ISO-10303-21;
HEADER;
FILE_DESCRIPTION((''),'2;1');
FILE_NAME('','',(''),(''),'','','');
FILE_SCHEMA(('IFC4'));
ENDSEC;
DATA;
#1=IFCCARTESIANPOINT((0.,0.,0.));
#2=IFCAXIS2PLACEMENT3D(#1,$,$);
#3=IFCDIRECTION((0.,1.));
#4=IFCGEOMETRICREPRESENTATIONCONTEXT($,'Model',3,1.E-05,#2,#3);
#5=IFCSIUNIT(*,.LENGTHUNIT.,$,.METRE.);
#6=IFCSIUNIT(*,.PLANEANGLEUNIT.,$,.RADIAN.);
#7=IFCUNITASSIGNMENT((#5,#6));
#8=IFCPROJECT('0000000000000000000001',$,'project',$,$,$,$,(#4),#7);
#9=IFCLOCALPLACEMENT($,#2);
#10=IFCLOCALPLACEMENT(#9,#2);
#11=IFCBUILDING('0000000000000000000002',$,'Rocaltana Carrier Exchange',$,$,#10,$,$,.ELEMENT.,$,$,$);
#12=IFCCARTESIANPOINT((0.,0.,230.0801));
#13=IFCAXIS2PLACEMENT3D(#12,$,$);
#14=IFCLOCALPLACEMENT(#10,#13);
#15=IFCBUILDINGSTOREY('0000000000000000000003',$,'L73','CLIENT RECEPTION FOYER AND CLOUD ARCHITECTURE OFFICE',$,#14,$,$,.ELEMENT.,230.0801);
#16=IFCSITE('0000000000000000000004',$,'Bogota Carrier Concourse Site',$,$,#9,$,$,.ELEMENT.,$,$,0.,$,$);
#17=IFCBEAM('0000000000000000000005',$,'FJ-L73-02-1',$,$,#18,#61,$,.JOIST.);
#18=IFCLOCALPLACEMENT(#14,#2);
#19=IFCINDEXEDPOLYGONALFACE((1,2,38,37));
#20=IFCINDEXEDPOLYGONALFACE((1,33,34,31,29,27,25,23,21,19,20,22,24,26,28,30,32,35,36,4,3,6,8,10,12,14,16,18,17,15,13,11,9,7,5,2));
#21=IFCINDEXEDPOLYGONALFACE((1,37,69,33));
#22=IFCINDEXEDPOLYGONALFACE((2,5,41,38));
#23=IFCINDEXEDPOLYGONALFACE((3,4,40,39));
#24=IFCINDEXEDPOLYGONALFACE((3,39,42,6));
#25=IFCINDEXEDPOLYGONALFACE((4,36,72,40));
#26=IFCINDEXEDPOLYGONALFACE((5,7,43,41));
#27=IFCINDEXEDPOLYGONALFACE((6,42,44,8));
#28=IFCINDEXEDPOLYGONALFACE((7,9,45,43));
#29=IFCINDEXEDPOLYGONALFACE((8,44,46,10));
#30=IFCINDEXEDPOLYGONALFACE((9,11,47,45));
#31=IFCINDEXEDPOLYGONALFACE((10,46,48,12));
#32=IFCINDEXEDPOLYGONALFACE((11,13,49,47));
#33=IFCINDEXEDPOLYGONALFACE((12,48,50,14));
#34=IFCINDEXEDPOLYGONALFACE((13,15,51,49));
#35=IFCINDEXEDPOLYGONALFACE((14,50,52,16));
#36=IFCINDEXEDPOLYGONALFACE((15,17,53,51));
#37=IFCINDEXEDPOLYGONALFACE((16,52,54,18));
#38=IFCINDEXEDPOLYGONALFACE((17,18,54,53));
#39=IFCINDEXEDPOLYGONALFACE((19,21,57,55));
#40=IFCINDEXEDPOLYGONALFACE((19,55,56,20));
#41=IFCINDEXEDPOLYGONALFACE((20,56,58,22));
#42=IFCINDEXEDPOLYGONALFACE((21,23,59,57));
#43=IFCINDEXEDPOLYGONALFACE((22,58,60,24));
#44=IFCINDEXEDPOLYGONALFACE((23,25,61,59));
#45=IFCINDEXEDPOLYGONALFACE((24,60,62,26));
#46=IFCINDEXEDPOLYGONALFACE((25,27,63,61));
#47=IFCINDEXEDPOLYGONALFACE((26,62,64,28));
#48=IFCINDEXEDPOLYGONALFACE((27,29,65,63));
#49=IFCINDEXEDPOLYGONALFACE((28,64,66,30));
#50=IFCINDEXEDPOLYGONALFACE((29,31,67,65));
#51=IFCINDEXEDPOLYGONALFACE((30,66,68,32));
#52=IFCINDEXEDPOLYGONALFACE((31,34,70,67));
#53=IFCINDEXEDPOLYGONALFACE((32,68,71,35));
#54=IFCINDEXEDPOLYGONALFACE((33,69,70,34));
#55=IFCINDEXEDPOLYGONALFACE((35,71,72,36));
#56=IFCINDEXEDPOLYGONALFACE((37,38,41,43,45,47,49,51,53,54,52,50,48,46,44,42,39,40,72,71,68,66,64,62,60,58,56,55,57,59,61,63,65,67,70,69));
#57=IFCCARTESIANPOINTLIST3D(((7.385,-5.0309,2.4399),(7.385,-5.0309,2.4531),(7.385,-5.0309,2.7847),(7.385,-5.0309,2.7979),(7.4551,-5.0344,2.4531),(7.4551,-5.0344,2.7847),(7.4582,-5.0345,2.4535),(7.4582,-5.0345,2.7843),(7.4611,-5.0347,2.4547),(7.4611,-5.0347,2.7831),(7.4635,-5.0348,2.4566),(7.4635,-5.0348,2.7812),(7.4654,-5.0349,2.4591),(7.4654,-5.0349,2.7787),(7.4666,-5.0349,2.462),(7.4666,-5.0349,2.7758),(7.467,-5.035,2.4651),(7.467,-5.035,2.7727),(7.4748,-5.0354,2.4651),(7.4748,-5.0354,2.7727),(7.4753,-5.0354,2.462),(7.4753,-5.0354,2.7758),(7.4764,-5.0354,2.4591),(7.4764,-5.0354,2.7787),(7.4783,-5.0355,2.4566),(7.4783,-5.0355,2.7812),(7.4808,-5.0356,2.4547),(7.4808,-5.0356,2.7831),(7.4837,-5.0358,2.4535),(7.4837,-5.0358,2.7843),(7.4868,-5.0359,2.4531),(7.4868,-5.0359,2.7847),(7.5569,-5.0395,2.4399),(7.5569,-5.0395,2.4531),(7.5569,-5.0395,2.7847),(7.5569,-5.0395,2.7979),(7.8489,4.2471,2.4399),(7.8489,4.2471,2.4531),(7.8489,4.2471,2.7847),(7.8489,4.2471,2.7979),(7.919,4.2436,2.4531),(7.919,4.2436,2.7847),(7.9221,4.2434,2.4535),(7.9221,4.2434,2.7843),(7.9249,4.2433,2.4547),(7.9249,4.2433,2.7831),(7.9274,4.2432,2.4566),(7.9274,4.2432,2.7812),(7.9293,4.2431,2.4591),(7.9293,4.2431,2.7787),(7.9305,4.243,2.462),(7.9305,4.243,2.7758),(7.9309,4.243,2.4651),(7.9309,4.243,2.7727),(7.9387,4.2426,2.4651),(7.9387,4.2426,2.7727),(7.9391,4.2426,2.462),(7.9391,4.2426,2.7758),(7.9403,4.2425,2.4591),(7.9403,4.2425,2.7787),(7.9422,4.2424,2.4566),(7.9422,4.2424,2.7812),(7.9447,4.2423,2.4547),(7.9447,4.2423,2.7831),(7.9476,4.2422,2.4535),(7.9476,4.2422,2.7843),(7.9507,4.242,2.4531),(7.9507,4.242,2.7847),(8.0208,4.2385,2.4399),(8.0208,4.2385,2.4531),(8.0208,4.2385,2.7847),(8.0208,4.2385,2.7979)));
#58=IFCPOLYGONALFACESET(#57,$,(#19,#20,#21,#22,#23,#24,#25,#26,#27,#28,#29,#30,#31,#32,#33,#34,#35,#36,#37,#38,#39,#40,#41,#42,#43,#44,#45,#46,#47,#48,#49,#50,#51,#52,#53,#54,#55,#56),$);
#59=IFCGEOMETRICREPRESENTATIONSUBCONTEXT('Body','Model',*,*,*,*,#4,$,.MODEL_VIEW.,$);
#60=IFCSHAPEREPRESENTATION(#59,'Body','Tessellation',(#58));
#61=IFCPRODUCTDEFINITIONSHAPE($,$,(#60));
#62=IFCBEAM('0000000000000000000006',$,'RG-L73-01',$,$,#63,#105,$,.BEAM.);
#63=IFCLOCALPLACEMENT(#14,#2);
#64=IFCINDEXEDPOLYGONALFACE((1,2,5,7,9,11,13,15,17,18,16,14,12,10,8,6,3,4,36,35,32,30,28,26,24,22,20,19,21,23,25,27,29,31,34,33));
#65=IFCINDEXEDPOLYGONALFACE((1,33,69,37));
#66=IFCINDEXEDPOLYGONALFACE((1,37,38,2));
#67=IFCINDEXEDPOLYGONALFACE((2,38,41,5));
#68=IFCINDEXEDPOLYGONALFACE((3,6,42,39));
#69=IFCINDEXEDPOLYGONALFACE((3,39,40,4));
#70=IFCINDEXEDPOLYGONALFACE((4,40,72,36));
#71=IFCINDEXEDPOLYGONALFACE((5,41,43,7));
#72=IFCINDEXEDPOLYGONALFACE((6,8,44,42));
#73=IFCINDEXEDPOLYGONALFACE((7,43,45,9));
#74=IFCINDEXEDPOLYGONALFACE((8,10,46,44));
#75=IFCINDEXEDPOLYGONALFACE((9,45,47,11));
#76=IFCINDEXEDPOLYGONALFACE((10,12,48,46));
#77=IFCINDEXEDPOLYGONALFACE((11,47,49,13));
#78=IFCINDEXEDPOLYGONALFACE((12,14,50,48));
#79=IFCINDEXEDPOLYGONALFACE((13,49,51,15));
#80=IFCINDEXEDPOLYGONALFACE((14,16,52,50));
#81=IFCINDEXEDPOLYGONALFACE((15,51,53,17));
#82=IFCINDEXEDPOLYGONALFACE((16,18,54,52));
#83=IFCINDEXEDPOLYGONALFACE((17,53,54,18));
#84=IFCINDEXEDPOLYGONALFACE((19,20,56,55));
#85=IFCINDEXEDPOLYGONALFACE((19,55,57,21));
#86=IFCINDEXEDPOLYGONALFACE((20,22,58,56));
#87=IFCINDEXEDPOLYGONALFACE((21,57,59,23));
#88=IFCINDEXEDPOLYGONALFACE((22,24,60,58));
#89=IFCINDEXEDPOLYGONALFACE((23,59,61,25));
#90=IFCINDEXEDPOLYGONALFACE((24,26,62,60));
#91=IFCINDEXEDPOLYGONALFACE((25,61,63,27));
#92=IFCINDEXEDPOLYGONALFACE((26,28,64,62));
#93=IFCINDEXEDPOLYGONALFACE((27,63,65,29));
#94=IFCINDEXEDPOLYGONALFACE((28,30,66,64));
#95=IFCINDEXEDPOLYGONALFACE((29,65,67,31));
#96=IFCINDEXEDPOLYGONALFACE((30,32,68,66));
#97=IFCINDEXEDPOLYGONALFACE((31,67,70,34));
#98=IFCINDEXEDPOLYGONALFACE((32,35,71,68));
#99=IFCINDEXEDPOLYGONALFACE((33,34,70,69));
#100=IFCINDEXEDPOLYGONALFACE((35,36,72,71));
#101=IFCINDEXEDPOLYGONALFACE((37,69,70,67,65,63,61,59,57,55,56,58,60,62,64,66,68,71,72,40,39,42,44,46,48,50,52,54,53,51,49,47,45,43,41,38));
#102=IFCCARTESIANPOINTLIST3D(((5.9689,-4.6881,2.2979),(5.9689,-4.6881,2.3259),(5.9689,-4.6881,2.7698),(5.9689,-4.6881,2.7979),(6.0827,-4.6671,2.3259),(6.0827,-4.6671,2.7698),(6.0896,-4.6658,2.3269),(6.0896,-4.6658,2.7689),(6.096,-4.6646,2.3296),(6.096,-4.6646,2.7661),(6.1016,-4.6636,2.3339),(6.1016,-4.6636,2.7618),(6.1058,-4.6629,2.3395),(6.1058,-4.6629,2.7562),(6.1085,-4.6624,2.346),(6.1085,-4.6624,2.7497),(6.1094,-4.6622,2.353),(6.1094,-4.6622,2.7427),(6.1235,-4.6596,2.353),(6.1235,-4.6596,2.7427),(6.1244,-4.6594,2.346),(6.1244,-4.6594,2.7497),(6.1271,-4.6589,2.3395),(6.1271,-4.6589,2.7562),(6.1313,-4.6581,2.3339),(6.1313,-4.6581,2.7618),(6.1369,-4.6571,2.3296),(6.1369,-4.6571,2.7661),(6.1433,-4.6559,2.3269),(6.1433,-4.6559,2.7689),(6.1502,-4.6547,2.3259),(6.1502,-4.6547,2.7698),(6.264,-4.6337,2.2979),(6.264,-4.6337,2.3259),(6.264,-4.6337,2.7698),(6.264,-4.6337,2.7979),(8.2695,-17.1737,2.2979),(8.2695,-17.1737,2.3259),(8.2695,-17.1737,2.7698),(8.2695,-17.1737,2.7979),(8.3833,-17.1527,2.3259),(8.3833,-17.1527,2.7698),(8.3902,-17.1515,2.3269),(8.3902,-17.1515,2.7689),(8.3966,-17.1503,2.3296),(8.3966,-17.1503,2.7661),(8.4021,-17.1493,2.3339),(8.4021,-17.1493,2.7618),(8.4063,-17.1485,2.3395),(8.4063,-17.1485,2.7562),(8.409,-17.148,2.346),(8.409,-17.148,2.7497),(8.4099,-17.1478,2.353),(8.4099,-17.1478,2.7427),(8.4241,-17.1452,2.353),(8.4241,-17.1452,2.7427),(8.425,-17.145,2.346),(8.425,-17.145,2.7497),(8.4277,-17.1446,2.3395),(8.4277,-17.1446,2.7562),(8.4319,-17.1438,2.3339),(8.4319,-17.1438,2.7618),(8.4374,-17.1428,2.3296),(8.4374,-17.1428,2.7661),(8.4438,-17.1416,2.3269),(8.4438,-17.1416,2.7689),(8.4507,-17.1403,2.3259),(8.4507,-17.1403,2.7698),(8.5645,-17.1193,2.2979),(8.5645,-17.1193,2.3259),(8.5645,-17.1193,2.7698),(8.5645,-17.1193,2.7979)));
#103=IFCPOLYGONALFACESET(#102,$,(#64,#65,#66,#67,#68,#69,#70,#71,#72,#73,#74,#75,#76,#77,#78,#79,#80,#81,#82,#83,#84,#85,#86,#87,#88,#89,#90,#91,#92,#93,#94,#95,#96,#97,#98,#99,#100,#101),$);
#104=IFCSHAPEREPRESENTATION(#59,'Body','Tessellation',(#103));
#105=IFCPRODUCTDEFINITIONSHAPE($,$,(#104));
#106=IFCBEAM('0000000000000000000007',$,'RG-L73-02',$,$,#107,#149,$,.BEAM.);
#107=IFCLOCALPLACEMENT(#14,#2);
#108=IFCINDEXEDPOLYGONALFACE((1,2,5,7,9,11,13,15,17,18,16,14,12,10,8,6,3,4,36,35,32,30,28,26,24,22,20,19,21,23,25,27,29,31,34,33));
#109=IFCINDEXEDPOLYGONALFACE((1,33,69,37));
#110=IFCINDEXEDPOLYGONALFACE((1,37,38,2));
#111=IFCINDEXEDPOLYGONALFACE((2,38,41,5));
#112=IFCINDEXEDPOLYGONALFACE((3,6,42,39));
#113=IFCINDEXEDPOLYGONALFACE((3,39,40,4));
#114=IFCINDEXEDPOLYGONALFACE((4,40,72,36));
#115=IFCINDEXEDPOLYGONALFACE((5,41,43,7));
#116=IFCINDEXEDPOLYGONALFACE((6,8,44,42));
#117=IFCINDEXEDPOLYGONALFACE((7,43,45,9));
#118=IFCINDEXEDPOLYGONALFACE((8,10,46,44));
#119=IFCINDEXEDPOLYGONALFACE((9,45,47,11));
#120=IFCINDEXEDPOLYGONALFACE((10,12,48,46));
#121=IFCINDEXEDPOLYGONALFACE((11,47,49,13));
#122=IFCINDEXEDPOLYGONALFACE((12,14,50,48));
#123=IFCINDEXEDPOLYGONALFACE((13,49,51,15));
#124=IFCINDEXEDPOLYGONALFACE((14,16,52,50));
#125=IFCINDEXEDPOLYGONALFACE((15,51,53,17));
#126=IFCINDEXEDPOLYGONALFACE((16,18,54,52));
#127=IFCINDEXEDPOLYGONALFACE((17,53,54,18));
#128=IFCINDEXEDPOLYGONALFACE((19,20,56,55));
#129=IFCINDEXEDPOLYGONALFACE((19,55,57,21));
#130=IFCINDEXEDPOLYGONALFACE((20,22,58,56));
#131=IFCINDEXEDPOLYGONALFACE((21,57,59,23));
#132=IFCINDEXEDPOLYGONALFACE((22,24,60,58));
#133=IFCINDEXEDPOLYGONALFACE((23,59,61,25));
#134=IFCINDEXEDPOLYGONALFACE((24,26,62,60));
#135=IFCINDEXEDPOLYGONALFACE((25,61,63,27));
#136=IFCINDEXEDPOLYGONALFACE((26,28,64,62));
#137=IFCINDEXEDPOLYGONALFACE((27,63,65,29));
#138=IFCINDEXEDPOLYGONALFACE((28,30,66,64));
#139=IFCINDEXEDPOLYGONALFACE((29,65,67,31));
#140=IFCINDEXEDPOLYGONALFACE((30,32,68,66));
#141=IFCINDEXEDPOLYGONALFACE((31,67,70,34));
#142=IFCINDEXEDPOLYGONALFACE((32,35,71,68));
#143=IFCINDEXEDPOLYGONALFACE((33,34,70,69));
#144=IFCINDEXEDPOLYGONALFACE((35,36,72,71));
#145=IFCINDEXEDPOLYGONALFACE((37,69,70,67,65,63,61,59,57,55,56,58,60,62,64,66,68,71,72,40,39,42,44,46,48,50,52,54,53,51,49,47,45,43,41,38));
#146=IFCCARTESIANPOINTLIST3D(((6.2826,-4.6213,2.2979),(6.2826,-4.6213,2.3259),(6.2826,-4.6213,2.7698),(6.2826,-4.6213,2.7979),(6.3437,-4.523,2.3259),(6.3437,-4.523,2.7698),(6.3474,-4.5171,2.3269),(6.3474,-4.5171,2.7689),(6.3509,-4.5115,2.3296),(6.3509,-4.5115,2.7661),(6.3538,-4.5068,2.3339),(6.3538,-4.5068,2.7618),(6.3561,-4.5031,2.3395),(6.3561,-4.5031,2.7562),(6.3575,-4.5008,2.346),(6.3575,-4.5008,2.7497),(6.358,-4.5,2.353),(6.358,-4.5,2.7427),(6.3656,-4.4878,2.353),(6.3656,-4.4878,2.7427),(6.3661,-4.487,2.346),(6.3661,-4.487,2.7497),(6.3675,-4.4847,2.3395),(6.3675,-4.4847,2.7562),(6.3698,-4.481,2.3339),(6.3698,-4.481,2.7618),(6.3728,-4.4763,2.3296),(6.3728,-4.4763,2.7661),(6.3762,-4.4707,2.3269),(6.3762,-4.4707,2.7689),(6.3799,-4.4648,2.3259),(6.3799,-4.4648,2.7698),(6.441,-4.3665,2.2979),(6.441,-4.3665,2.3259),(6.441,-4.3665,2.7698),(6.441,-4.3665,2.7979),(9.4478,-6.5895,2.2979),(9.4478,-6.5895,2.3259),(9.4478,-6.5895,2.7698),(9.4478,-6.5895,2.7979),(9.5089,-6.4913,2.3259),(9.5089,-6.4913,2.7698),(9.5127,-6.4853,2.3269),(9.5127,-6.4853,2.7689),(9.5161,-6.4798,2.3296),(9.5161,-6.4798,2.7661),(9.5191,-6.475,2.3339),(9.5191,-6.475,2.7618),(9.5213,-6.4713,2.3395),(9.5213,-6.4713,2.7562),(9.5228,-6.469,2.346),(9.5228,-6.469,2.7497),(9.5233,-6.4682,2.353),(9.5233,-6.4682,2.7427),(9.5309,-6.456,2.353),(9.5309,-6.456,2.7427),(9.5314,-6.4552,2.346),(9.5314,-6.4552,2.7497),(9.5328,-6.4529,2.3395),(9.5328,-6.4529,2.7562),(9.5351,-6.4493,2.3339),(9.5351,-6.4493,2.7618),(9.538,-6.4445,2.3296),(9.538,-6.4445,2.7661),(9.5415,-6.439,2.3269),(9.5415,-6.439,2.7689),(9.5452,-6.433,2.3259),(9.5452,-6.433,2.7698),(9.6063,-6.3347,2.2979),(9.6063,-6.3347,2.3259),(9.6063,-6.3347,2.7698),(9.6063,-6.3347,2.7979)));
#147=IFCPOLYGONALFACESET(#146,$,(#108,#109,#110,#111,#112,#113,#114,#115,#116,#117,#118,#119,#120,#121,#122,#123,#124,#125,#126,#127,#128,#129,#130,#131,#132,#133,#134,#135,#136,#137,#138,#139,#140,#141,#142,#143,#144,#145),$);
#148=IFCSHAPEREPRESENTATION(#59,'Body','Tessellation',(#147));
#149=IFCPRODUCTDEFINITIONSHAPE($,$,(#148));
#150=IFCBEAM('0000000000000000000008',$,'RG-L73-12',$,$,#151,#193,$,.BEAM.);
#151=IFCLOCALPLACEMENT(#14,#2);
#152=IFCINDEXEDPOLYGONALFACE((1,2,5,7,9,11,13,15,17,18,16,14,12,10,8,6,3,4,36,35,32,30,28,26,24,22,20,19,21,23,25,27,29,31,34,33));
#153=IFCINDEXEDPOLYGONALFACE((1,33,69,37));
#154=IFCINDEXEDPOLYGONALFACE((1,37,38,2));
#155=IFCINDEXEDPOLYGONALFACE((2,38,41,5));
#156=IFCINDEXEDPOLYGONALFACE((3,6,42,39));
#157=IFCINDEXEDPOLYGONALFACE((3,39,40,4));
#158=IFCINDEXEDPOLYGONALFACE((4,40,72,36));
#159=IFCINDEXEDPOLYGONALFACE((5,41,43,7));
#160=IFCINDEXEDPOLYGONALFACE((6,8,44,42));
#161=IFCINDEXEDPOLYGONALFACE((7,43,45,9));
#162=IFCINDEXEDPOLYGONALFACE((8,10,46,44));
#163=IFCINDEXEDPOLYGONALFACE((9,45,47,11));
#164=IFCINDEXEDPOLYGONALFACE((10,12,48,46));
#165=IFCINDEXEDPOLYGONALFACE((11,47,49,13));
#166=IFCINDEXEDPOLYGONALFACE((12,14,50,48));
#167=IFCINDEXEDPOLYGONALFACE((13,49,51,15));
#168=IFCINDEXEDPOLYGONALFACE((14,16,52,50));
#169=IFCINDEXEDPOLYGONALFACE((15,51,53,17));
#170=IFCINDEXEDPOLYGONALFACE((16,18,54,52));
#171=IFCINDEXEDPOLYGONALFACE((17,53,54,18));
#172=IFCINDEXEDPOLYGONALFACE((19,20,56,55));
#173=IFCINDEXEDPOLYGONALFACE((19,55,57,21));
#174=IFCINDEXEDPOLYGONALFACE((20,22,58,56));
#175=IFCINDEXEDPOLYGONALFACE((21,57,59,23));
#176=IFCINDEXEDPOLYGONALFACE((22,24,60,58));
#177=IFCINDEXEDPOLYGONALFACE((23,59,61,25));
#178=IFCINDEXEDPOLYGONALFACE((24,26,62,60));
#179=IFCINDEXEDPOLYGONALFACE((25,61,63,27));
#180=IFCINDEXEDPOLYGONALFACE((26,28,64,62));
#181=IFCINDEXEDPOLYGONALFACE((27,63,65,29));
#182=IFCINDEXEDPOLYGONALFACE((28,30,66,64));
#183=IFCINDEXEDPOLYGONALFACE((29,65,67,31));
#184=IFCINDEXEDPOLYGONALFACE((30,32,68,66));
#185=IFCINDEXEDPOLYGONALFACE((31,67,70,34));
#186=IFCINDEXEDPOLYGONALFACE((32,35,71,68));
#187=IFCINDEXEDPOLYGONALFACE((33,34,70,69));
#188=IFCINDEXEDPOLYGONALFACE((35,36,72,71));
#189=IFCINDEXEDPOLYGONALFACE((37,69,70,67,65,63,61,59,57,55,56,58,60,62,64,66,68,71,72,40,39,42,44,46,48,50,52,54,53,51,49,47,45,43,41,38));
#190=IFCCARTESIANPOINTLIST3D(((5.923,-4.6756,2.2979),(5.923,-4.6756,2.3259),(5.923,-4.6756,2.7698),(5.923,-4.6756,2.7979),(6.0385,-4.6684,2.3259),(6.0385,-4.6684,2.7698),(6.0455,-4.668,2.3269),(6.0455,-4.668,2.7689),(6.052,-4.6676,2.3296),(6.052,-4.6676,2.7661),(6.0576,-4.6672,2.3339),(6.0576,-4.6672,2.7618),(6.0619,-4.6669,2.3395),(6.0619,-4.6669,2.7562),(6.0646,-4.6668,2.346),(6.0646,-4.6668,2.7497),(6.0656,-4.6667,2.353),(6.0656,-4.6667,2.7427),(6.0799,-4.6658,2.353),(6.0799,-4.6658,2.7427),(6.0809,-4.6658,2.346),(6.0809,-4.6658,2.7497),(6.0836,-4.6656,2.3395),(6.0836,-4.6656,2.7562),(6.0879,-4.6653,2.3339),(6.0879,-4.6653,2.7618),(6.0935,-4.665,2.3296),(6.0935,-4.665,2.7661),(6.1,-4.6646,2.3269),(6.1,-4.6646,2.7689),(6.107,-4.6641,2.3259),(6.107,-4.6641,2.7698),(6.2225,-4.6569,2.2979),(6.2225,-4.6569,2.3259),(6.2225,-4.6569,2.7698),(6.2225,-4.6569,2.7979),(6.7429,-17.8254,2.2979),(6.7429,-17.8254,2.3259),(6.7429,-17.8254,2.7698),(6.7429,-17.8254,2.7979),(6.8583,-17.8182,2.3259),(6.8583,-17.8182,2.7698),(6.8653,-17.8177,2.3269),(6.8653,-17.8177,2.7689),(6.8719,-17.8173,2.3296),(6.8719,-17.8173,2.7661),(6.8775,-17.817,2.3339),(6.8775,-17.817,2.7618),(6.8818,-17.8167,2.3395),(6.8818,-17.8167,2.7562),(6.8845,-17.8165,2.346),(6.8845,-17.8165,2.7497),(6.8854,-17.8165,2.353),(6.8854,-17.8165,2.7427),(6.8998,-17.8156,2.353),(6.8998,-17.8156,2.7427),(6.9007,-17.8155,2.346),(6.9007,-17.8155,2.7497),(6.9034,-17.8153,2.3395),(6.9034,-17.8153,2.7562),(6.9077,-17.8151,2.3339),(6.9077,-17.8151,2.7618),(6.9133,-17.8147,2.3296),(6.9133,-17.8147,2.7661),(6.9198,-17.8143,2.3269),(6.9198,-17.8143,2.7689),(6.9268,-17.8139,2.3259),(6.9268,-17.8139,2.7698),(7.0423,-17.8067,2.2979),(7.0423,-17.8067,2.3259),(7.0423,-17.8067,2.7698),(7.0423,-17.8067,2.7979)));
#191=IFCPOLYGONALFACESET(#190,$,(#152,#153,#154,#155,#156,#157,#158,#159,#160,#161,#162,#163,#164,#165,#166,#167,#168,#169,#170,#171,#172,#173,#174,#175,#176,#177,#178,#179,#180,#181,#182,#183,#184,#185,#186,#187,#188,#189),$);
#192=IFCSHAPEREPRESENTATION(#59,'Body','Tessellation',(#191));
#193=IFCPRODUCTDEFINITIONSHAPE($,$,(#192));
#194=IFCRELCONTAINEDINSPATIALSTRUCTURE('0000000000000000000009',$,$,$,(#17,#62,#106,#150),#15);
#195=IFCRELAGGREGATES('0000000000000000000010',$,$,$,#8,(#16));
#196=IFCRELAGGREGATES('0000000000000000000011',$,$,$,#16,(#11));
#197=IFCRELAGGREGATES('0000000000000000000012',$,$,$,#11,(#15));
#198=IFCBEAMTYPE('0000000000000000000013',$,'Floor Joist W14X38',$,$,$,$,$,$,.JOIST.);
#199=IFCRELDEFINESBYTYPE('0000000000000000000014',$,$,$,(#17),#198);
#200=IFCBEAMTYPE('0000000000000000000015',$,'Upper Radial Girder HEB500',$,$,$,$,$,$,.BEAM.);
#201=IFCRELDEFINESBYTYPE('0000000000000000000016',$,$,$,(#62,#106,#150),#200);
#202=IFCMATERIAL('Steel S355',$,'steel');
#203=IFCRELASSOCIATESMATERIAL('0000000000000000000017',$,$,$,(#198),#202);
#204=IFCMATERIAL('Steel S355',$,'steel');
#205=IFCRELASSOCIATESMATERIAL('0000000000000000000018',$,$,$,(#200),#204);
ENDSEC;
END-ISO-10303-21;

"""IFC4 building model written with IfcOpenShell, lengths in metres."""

from ifc_helpers import new_model, si_unit, direction, frame, origin, origin_2d, place, context, subcontext, project, spatial, i_section, extrude, material, material_profile, profile_set, type_object, element, save


model = new_model("IFC4")

# Units and contexts
model_context = context("Model", 3, precision=1e-05, world=origin(), true_north=direction((0.0, 1.0)))
body_context = subcontext(model_context, "Body", "Model", "MODEL_VIEW")
ifc_project = project(units=[si_unit("LENGTHUNIT", "METRE"), si_unit("PLANEANGLEUNIT", "RADIAN")], contexts=[model_context])

# Site, building, storey
site_placement = place(None, origin())
site = spatial("IfcSite", under=ifc_project, at=site_placement, Name="Bogota Carrier Concourse Site", CompositionType="ELEMENT", RefElevation=0.0)
building_placement = place(site_placement, origin())
building = spatial("IfcBuilding", under=site, at=building_placement, Name="Rocaltana Carrier Exchange", CompositionType="ELEMENT")
storey_placement = place(building_placement, frame((0.0, 0.0, 230.0801)))
storey = spatial("IfcBuildingStorey", under=building, at=storey_placement, Name="L73", Description="CLIENT RECEPTION FOYER AND CLOUD ARCHITECTURE OFFICE", CompositionType="ELEMENT", Elevation=230.0801)

# Beams
ifc_material_1 = material(Name="Steel S355", Category="steel")
ifc_material_profile_1 = material_profile(ifc_material_1, i_section(OverallWidth=0.1721, OverallDepth=0.3579, WebThickness=0.0078, FlangeThickness=0.0132, FilletRadius=0.012, at=origin_2d()), Name="W14X38")
ifc_profile_set_1 = profile_set([ifc_material_profile_1], Name="Steel S355")
beam_type_1 = type_object("IfcBeamType", Name="Floor Joist W14X38", PredefinedType="JOIST", material=ifc_profile_set_1)
beam_1_placement = place(storey_placement, frame((7.4709, -5.0352, 2.6189), z_axis=(0.049934, 0.998753, 0.0), x_axis=(-0.998753, 0.049934, 0.0)))
element("IfcBeam", 1, at=beam_1_placement, inside=storey, type_object=beam_type_1, Name="FJ-L73-02-1", PredefinedType="JOIST", context=body_context, shape_type="SweptSolid", body=[
    extrude(i_section(OverallWidth=0.1721, OverallDepth=0.3579, WebThickness=0.0078, FlangeThickness=0.0132, FilletRadius=0.012, at=origin_2d()), origin(), (0.0, 0.0, 1.0), 9.2896),
])
ifc_material_2 = material(Name="Steel S355", Category="steel")
ifc_material_profile_2 = material_profile(ifc_material_2, i_section(OverallWidth=0.3, OverallDepth=0.5, WebThickness=0.0144, FlangeThickness=0.0281, FilletRadius=0.0271, at=origin_2d()), Name="HEB500")
ifc_profile_set_2 = profile_set([ifc_material_profile_2], Name="Steel S355")
beam_type_2 = type_object("IfcBeamType", Name="Upper Radial Girder HEB500", PredefinedType="BEAM", material=ifc_profile_set_2)
beam_2_placement = place(storey_placement, frame((6.1165, -4.6609, 2.5479), z_axis=(0.181205, -0.983445, 0.0), x_axis=(0.983445, 0.181205, 0.0)))
element("IfcBeam", 2, at=beam_2_placement, inside=storey, type_object=beam_type_2, Name="RG-L73-01", PredefinedType="BEAM", context=body_context, shape_type="SweptSolid", body=[
    extrude(i_section(OverallWidth=0.3, OverallDepth=0.5, WebThickness=0.0144, FlangeThickness=0.0281, FilletRadius=0.0271, at=origin_2d()), origin(), (0.0, 0.0, 1.0), 12.6958),
])
beam_3_placement = place(storey_placement, frame((6.3618, -4.4939, 2.5479), z_axis=(0.849207, -0.528061, 0.0), x_axis=(0.528061, 0.849207, 0.0)))
element("IfcBeam", 3, at=beam_3_placement, inside=storey, type_object=beam_type_2, Name="RG-L73-02", PredefinedType="BEAM", context=body_context, shape_type="SweptSolid", body=[
    extrude(i_section(OverallWidth=0.3, OverallDepth=0.5, WebThickness=0.0144, FlangeThickness=0.0281, FilletRadius=0.0271, at=origin_2d()), origin(), (0.0, 0.0, 1.0), 3.7273),
])
beam_4_placement = place(storey_placement, frame((6.0728, -4.6663, 2.5479), z_axis=(0.062225, -0.998062, 0.0), x_axis=(0.998062, 0.062225, 0.0)))
element("IfcBeam", 4, at=beam_4_placement, inside=storey, type_object=beam_type_2, Name="RG-L73-12", PredefinedType="BEAM", context=body_context, shape_type="SweptSolid", body=[
    extrude(i_section(OverallWidth=0.3, OverallDepth=0.5, WebThickness=0.0144, FlangeThickness=0.0281, FilletRadius=0.0271, at=origin_2d()), origin(), (0.0, 0.0, 1.0), 13.1753),
])

save(model, "model.ifc")
